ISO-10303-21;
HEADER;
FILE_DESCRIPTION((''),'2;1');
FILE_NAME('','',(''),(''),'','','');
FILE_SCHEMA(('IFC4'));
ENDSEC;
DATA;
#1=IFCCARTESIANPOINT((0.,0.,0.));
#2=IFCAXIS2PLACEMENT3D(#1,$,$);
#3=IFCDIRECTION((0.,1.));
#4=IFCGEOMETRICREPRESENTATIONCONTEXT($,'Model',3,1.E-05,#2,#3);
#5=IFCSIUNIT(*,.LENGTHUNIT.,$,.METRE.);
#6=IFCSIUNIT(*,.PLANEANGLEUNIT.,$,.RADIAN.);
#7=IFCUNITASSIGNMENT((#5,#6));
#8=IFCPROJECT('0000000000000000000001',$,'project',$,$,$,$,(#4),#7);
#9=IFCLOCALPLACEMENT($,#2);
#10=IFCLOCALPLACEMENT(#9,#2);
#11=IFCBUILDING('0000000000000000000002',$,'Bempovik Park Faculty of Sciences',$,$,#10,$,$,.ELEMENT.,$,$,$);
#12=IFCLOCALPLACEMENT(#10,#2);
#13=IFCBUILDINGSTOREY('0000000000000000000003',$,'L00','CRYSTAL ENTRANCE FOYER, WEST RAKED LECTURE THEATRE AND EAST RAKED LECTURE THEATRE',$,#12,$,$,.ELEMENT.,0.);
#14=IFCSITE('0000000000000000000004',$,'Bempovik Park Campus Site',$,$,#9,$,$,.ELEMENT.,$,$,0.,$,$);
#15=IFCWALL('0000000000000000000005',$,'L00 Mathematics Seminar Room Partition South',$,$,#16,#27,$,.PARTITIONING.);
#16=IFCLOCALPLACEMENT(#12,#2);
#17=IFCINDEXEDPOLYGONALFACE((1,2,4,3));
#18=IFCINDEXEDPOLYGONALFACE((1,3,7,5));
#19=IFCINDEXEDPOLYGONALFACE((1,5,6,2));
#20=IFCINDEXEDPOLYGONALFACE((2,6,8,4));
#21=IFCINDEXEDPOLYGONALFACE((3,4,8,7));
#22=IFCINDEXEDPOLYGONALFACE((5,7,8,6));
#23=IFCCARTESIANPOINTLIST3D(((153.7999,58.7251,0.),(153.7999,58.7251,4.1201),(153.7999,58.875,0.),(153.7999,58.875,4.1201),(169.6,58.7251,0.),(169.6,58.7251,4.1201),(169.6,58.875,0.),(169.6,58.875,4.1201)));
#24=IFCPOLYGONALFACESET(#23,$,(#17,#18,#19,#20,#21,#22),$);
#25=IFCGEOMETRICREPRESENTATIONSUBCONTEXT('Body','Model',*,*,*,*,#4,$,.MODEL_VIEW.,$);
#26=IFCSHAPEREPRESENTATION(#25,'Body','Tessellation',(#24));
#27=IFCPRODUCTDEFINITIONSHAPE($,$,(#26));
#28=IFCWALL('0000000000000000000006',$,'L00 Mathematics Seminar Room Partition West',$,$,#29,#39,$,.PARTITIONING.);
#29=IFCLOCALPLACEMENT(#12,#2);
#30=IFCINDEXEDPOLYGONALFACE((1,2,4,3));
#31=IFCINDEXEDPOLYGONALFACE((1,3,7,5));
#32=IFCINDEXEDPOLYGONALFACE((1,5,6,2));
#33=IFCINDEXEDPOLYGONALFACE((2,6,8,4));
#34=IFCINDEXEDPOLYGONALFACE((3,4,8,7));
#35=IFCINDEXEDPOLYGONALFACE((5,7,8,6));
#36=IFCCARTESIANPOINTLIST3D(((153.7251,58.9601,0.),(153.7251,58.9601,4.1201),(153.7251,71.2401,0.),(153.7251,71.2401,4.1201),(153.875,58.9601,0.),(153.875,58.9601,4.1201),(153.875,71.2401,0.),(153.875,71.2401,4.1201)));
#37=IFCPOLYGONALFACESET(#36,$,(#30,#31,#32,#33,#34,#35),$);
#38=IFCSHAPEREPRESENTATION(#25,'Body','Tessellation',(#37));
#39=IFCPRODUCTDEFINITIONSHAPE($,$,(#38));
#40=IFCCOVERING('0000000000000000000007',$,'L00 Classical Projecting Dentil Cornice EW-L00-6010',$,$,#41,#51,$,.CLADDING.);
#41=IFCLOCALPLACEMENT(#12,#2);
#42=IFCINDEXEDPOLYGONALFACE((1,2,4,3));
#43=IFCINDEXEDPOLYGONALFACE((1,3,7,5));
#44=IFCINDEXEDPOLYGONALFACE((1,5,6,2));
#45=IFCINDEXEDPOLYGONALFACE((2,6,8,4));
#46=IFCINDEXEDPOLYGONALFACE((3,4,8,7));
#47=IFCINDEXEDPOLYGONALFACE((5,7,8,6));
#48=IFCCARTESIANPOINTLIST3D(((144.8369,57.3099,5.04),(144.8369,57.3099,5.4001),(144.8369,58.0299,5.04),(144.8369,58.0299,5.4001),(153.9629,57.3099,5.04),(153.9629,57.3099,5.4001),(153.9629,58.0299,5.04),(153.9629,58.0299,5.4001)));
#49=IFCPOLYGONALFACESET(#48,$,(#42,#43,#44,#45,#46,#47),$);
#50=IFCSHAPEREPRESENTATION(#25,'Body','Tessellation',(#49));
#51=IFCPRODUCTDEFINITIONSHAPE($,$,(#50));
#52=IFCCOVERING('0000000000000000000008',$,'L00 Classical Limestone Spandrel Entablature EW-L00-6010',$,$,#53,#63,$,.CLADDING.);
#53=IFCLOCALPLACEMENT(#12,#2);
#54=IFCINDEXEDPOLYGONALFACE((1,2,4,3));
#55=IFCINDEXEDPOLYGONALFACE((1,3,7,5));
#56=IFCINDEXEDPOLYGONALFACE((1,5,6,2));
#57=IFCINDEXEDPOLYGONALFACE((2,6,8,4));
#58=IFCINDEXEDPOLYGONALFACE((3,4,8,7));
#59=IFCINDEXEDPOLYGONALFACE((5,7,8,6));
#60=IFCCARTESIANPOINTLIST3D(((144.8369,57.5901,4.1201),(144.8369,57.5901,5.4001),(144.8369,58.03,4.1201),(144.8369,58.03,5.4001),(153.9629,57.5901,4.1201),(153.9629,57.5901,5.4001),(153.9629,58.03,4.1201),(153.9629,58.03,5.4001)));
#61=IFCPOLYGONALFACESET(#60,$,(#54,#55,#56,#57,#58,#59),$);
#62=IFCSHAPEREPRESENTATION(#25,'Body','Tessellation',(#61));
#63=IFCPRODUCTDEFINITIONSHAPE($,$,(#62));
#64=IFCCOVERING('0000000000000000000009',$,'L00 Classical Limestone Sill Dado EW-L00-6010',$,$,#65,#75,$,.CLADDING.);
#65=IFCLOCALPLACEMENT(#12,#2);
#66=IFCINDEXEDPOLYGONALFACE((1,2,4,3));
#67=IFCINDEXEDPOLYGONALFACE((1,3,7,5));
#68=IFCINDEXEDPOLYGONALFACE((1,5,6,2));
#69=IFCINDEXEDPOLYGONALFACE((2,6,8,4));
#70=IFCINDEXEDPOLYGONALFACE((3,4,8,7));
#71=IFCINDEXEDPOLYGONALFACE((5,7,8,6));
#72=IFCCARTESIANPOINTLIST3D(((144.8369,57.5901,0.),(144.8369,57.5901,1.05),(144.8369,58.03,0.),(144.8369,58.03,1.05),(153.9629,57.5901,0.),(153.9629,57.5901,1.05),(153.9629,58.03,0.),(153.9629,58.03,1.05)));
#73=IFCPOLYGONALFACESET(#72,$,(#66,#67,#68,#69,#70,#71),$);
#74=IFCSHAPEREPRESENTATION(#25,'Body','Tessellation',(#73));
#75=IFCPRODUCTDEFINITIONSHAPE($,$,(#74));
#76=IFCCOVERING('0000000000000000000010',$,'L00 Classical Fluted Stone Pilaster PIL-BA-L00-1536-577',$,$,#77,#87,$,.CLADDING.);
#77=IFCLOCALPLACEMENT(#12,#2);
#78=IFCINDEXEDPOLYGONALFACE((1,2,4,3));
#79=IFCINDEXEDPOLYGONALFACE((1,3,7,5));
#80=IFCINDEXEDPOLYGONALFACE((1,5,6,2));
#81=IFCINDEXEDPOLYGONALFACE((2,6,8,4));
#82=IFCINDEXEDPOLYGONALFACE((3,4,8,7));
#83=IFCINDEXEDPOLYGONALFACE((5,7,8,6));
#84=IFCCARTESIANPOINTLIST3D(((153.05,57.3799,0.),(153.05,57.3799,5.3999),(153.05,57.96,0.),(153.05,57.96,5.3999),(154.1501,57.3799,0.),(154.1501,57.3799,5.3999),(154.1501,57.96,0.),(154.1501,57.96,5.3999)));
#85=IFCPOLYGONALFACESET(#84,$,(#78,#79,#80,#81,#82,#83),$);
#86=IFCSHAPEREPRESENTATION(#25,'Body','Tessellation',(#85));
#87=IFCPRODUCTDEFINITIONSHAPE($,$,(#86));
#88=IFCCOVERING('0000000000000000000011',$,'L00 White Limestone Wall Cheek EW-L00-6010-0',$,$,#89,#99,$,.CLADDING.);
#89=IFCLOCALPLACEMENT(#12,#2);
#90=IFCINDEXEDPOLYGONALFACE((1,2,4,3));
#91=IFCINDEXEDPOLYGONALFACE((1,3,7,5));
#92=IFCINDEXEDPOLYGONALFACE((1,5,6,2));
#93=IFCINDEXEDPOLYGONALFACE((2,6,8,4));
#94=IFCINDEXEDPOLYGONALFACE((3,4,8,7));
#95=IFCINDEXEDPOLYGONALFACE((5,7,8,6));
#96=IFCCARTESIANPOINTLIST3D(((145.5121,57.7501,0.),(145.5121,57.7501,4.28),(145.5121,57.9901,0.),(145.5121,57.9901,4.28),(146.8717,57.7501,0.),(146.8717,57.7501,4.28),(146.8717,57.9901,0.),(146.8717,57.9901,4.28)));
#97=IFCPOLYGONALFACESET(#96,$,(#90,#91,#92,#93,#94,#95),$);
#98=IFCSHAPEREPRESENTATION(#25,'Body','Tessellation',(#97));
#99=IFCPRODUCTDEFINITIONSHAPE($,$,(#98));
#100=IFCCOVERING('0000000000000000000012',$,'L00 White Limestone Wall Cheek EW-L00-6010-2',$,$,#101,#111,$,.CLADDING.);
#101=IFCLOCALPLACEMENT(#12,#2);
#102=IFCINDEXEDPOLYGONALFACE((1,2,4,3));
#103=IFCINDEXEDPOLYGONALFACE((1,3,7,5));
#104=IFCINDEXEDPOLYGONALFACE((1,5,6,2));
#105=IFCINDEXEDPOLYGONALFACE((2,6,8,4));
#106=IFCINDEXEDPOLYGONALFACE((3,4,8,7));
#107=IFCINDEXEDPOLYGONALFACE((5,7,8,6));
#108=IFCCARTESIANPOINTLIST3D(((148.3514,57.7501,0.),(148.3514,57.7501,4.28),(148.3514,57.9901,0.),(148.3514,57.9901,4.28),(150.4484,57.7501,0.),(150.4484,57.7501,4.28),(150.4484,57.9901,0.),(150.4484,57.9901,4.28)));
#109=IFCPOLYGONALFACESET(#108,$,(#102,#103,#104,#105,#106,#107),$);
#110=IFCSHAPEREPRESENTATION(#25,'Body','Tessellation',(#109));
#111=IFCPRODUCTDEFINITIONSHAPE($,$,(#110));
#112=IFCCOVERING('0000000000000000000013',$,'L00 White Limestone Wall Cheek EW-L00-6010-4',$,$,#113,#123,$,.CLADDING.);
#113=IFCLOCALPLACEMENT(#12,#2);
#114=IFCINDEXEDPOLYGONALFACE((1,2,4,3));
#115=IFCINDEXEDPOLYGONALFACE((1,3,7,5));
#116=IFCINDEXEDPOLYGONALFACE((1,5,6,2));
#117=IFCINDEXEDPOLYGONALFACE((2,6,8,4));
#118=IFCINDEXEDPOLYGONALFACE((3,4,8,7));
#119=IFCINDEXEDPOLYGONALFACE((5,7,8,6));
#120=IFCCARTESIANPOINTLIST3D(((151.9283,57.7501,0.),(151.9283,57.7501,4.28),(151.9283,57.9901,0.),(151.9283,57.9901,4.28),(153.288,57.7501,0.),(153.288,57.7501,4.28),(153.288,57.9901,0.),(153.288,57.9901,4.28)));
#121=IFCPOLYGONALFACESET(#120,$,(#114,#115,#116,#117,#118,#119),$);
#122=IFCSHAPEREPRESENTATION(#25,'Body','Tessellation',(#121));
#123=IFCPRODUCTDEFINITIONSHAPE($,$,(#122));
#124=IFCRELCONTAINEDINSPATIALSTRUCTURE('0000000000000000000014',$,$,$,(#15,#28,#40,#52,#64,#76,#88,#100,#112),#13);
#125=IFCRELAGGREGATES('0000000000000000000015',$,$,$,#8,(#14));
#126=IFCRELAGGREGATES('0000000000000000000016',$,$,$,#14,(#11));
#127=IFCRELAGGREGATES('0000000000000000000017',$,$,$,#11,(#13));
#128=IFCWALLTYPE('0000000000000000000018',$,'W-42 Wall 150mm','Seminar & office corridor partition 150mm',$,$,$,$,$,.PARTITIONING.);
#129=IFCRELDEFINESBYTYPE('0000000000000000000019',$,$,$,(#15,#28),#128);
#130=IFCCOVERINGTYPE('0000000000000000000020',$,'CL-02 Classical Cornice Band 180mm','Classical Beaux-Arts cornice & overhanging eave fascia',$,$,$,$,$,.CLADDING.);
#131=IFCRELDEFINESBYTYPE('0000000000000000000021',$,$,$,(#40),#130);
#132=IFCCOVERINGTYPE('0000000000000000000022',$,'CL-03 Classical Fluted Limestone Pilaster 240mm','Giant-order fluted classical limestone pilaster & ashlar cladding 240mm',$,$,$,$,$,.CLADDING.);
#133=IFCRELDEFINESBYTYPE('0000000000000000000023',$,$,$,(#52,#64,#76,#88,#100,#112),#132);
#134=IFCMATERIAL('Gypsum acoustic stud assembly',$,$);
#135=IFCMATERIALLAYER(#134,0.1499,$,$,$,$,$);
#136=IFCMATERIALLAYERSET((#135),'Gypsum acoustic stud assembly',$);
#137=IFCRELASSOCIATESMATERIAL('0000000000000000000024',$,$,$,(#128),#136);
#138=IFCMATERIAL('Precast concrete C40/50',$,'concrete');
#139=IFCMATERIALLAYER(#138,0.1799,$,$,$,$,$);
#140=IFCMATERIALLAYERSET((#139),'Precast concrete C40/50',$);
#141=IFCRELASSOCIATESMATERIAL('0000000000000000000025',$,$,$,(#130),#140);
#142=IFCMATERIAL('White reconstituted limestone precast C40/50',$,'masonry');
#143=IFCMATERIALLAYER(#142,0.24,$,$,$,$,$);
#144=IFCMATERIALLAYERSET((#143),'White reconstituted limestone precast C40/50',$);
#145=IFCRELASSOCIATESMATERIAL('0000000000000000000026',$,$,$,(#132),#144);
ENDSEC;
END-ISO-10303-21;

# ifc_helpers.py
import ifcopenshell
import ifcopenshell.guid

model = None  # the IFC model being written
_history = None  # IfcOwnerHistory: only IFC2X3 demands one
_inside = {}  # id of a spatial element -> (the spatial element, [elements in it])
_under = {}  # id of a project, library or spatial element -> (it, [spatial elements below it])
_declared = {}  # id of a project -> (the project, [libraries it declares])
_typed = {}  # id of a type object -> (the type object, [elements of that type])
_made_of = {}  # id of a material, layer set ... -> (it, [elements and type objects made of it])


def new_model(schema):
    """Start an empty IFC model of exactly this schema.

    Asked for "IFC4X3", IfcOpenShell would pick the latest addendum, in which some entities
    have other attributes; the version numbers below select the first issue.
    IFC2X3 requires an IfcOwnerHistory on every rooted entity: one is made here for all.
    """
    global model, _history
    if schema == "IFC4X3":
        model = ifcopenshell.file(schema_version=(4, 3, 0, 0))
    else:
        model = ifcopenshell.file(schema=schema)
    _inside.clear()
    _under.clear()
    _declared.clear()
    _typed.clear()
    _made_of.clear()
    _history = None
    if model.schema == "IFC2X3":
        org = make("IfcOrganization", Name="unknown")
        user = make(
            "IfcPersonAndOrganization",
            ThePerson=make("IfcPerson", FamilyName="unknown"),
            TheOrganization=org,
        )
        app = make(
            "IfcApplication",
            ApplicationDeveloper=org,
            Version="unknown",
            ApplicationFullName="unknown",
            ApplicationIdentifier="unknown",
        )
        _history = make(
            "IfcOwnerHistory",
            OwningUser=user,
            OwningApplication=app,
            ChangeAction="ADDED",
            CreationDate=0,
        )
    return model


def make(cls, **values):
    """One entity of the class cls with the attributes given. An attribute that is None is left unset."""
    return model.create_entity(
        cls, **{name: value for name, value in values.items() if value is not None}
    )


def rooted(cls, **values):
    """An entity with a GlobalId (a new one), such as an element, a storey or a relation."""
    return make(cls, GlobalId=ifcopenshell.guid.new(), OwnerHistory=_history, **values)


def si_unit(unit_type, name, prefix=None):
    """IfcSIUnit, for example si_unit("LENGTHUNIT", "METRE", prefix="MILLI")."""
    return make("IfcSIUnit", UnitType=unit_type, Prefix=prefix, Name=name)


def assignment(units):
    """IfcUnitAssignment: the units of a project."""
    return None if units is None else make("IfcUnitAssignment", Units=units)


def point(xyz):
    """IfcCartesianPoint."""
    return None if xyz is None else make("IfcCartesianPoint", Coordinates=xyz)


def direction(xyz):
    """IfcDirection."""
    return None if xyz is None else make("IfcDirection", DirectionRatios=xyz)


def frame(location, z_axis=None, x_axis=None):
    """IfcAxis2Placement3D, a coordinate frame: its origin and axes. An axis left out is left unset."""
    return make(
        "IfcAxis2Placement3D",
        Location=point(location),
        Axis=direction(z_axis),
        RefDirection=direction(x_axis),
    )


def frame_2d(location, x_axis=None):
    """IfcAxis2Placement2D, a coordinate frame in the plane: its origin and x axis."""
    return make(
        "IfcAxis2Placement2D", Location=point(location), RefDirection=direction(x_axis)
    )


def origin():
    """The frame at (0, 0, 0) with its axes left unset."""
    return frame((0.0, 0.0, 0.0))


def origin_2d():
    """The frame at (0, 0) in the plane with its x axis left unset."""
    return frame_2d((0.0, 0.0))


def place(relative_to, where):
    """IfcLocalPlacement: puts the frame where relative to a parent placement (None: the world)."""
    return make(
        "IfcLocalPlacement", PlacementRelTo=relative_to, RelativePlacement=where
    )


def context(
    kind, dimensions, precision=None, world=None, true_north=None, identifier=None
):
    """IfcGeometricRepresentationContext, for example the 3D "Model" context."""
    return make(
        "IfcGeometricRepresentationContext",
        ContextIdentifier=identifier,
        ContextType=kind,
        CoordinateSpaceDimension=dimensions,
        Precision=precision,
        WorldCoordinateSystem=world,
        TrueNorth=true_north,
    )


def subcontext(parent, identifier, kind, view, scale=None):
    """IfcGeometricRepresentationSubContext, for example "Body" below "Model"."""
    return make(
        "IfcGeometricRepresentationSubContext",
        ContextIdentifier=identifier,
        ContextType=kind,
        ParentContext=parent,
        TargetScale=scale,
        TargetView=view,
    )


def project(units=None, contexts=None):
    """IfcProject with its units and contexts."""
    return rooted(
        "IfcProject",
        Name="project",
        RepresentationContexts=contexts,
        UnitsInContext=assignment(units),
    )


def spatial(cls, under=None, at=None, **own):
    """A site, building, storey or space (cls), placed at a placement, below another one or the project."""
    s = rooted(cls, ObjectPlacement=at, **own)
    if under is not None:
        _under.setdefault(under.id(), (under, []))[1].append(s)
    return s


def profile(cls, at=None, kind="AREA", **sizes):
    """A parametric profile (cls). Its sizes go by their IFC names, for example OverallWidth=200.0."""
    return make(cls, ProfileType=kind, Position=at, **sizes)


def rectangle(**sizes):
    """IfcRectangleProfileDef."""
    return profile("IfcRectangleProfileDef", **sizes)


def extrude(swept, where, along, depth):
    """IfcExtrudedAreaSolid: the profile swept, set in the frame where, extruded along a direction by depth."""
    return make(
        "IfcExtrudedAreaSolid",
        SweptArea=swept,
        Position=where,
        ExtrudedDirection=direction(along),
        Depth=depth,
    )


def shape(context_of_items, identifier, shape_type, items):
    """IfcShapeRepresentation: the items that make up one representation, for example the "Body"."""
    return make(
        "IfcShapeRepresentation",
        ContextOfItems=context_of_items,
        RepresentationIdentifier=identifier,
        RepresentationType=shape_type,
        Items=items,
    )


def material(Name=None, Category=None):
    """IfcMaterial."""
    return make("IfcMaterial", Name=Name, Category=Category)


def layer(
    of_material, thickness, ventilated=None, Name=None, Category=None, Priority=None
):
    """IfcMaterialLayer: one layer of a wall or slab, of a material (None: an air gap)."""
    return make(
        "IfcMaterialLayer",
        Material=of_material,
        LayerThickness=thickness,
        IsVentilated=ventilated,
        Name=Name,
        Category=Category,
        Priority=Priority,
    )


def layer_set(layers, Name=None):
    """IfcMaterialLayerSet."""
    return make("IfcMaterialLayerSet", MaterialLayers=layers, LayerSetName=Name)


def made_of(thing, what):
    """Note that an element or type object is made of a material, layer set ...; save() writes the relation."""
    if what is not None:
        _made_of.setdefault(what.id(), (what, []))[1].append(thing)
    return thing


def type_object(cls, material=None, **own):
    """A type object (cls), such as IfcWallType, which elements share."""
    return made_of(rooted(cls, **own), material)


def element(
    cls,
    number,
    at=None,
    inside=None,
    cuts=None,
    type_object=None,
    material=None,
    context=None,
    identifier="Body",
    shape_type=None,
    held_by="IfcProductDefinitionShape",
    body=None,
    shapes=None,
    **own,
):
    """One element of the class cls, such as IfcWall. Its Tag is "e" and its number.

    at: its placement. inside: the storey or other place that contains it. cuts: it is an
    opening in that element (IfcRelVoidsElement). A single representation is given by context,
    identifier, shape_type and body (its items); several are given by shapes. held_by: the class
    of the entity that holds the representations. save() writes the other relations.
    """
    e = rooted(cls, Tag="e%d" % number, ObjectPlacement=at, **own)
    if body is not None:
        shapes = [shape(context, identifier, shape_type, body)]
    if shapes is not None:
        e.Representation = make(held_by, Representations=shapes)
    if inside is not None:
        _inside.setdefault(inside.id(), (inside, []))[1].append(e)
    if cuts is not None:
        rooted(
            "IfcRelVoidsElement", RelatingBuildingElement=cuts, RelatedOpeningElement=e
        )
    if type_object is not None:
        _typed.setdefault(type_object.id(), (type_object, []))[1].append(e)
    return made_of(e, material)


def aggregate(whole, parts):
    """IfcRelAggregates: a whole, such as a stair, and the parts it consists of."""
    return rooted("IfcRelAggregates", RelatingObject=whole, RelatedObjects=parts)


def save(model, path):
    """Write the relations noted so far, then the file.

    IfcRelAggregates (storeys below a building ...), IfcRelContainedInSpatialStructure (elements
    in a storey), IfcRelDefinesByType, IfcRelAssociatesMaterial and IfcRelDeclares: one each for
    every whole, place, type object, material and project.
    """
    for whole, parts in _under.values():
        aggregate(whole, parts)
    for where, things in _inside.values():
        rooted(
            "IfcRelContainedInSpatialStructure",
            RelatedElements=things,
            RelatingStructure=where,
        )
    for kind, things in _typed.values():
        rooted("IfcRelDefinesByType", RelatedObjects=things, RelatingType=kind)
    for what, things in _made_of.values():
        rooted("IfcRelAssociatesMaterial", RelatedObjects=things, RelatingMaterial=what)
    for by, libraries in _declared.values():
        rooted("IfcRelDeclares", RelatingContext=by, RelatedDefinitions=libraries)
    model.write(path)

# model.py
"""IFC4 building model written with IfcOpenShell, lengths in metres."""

from ifc_helpers import new_model, si_unit, direction, frame, frame_2d, origin, origin_2d, place, context, subcontext, project, spatial, rectangle, extrude, material, layer, layer_set, type_object, element, save


model = new_model("IFC4")

# Units and contexts
model_context = context("Model", 3, precision=1e-05, world=origin(), true_north=direction((0.0, 1.0)))
body_context = subcontext(model_context, "Body", "Model", "MODEL_VIEW")
ifc_project = project(units=[si_unit("LENGTHUNIT", "METRE"), si_unit("PLANEANGLEUNIT", "RADIAN")], contexts=[model_context])

# Site, building, storey
site_placement = place(None, origin())
site = spatial("IfcSite", under=ifc_project, at=site_placement, Name="Bempovik Park Campus Site", CompositionType="ELEMENT", RefElevation=0.0)
building_placement = place(site_placement, origin())
building = spatial("IfcBuilding", under=site, at=building_placement, Name="Bempovik Park Faculty of Sciences", CompositionType="ELEMENT")
storey_placement = place(building_placement, origin())
storey = spatial("IfcBuildingStorey", under=building, at=storey_placement, Name="L00", Description="CRYSTAL ENTRANCE FOYER, WEST RAKED LECTURE THEATRE AND EAST RAKED LECTURE THEATRE", CompositionType="ELEMENT", Elevation=0.0)

# Shared definitions
ifc_material_1 = material(Name="Precast concrete C40/50", Category="concrete")

# Walls
ifc_material_2 = material(Name="Gypsum acoustic stud assembly")
ifc_layer_1 = layer(ifc_material_2, 0.1499)
ifc_layer_set_1 = layer_set([ifc_layer_1], Name="Gypsum acoustic stud assembly")
wall_type_1 = type_object("IfcWallType", Name="W-42 Wall 150mm", Description="Seminar & office corridor partition 150mm", PredefinedType="PARTITIONING", material=ifc_layer_set_1)
wall_1_placement = place(storey_placement, frame((153.8, 58.8, 0.0), z_axis=(0.0, 0.0, 1.0), x_axis=(1.0, 0.0, 0.0)))
element("IfcWall", 1, at=wall_1_placement, inside=storey, type_object=wall_type_1, Name="L00 Mathematics Seminar Room Partition South", PredefinedType="PARTITIONING", context=body_context, shape_type="SweptSolid", body=[
    extrude(rectangle(XDim=15.8, YDim=0.1499, at=frame_2d((7.8999, 0.0))), origin(), (0.0, 0.0, 1.0), 4.1201),
])
wall_2_placement = place(storey_placement, frame((153.8, 58.96, 0.0), z_axis=(0.0, 0.0, 1.0), x_axis=(0.0, 1.0, 0.0)))
element("IfcWall", 2, at=wall_2_placement, inside=storey, type_object=wall_type_1, Name="L00 Mathematics Seminar Room Partition West", PredefinedType="PARTITIONING", context=body_context, shape_type="SweptSolid", body=[
    extrude(rectangle(XDim=12.28, YDim=0.1499, at=frame_2d((6.1401, 0.0))), origin(), (0.0, 0.0, 1.0), 4.1201),
])

# Coverings
ifc_layer_2 = layer(ifc_material_1, 0.1799)
ifc_layer_set_2 = layer_set([ifc_layer_2], Name="Precast concrete C40/50")
covering_type_1 = type_object("IfcCoveringType", Name="CL-02 Classical Cornice Band 180mm", Description="Classical Beaux-Arts cornice & overhanging eave fascia", PredefinedType="CLADDING", material=ifc_layer_set_2)
covering_1_placement = place(storey_placement, frame((149.3999, 57.6699, 5.04), z_axis=(0.0, 0.0, 1.0), x_axis=(1.0, 0.0, 0.0)))
element("IfcCovering", 3, at=covering_1_placement, inside=storey, type_object=covering_type_1, Name="L00 Classical Projecting Dentil Cornice EW-L00-6010", PredefinedType="CLADDING", context=body_context, shape_type="SweptSolid", body=[
    extrude(rectangle(XDim=9.126, YDim=0.72, at=origin_2d()), origin(), (0.0, 0.0, 1.0), 0.3601),
])
ifc_material_3 = material(Name="White reconstituted limestone precast C40/50", Category="masonry")
ifc_layer_3 = layer(ifc_material_3, 0.24)
ifc_layer_set_3 = layer_set([ifc_layer_3], Name="White reconstituted limestone precast C40/50")
covering_type_2 = type_object("IfcCoveringType", Name="CL-03 Classical Fluted Limestone Pilaster 240mm", Description="Giant-order fluted classical limestone pilaster & ashlar cladding 240mm", PredefinedType="CLADDING", material=ifc_layer_set_3)
covering_2_placement = place(storey_placement, frame((149.3999, 57.8101, 4.1201), z_axis=(0.0, 0.0, 1.0), x_axis=(1.0, 0.0, 0.0)))
element("IfcCovering", 4, at=covering_2_placement, inside=storey, type_object=covering_type_2, Name="L00 Classical Limestone Spandrel Entablature EW-L00-6010", PredefinedType="CLADDING", context=body_context, shape_type="SweptSolid", body=[
    extrude(rectangle(XDim=9.126, YDim=0.4399, at=origin_2d()), origin(), (0.0, 0.0, 1.0), 1.28),
])
covering_3_placement = place(storey_placement, frame((149.3999, 57.8101, 0.0), z_axis=(0.0, 0.0, 1.0), x_axis=(1.0, 0.0, 0.0)))
element("IfcCovering", 5, at=covering_3_placement, inside=storey, type_object=covering_type_2, Name="L00 Classical Limestone Sill Dado EW-L00-6010", PredefinedType="CLADDING", context=body_context, shape_type="SweptSolid", body=[
    extrude(rectangle(XDim=9.126, YDim=0.4399, at=origin_2d()), origin(), (0.0, 0.0, 1.0), 1.05),
])
covering_4_placement = place(storey_placement, frame((153.6001, 57.6699, 0.0), z_axis=(0.0, 0.0, 1.0), x_axis=(1.0, 0.0, 0.0)))
element("IfcCovering", 6, at=covering_4_placement, inside=storey, type_object=covering_type_2, Name="L00 Classical Fluted Stone Pilaster PIL-BA-L00-1536-577", PredefinedType="CLADDING", context=body_context, shape_type="SweptSolid", body=[
    extrude(rectangle(XDim=1.1001, YDim=0.5801, at=origin_2d()), origin(), (0.0, 0.0, 1.0), 5.3999),
])
covering_5_placement = place(storey_placement, frame((146.1919, 57.8701, 0.0), z_axis=(0.0, 0.0, 1.0), x_axis=(1.0, 0.0, 0.0)))
element("IfcCovering", 7, at=covering_5_placement, inside=storey, type_object=covering_type_2, Name="L00 White Limestone Wall Cheek EW-L00-6010-0", PredefinedType="CLADDING", context=body_context, shape_type="SweptSolid", body=[
    extrude(rectangle(XDim=1.3596, YDim=0.24, at=origin_2d()), origin(), (0.0, 0.0, 1.0), 4.28),
])
covering_6_placement = place(storey_placement, frame((149.3999, 57.8701, 0.0), z_axis=(0.0, 0.0, 1.0), x_axis=(1.0, 0.0, 0.0)))
element("IfcCovering", 8, at=covering_6_placement, inside=storey, type_object=covering_type_2, Name="L00 White Limestone Wall Cheek EW-L00-6010-2", PredefinedType="CLADDING", context=body_context, shape_type="SweptSolid", body=[
    extrude(rectangle(XDim=2.0969, YDim=0.24, at=origin_2d()), origin(), (0.0, 0.0, 1.0), 4.28),
])
covering_7_placement = place(storey_placement, frame((152.6082, 57.8701, 0.0), z_axis=(0.0, 0.0, 1.0), x_axis=(1.0, 0.0, 0.0)))
element("IfcCovering", 9, at=covering_7_placement, inside=storey, type_object=covering_type_2, Name="L00 White Limestone Wall Cheek EW-L00-6010-4", PredefinedType="CLADDING", context=body_context, shape_type="SweptSolid", body=[
    extrude(rectangle(XDim=1.3596, YDim=0.24, at=origin_2d()), origin(), (0.0, 0.0, 1.0), 4.28),
])

save(model, "model.ifc")
